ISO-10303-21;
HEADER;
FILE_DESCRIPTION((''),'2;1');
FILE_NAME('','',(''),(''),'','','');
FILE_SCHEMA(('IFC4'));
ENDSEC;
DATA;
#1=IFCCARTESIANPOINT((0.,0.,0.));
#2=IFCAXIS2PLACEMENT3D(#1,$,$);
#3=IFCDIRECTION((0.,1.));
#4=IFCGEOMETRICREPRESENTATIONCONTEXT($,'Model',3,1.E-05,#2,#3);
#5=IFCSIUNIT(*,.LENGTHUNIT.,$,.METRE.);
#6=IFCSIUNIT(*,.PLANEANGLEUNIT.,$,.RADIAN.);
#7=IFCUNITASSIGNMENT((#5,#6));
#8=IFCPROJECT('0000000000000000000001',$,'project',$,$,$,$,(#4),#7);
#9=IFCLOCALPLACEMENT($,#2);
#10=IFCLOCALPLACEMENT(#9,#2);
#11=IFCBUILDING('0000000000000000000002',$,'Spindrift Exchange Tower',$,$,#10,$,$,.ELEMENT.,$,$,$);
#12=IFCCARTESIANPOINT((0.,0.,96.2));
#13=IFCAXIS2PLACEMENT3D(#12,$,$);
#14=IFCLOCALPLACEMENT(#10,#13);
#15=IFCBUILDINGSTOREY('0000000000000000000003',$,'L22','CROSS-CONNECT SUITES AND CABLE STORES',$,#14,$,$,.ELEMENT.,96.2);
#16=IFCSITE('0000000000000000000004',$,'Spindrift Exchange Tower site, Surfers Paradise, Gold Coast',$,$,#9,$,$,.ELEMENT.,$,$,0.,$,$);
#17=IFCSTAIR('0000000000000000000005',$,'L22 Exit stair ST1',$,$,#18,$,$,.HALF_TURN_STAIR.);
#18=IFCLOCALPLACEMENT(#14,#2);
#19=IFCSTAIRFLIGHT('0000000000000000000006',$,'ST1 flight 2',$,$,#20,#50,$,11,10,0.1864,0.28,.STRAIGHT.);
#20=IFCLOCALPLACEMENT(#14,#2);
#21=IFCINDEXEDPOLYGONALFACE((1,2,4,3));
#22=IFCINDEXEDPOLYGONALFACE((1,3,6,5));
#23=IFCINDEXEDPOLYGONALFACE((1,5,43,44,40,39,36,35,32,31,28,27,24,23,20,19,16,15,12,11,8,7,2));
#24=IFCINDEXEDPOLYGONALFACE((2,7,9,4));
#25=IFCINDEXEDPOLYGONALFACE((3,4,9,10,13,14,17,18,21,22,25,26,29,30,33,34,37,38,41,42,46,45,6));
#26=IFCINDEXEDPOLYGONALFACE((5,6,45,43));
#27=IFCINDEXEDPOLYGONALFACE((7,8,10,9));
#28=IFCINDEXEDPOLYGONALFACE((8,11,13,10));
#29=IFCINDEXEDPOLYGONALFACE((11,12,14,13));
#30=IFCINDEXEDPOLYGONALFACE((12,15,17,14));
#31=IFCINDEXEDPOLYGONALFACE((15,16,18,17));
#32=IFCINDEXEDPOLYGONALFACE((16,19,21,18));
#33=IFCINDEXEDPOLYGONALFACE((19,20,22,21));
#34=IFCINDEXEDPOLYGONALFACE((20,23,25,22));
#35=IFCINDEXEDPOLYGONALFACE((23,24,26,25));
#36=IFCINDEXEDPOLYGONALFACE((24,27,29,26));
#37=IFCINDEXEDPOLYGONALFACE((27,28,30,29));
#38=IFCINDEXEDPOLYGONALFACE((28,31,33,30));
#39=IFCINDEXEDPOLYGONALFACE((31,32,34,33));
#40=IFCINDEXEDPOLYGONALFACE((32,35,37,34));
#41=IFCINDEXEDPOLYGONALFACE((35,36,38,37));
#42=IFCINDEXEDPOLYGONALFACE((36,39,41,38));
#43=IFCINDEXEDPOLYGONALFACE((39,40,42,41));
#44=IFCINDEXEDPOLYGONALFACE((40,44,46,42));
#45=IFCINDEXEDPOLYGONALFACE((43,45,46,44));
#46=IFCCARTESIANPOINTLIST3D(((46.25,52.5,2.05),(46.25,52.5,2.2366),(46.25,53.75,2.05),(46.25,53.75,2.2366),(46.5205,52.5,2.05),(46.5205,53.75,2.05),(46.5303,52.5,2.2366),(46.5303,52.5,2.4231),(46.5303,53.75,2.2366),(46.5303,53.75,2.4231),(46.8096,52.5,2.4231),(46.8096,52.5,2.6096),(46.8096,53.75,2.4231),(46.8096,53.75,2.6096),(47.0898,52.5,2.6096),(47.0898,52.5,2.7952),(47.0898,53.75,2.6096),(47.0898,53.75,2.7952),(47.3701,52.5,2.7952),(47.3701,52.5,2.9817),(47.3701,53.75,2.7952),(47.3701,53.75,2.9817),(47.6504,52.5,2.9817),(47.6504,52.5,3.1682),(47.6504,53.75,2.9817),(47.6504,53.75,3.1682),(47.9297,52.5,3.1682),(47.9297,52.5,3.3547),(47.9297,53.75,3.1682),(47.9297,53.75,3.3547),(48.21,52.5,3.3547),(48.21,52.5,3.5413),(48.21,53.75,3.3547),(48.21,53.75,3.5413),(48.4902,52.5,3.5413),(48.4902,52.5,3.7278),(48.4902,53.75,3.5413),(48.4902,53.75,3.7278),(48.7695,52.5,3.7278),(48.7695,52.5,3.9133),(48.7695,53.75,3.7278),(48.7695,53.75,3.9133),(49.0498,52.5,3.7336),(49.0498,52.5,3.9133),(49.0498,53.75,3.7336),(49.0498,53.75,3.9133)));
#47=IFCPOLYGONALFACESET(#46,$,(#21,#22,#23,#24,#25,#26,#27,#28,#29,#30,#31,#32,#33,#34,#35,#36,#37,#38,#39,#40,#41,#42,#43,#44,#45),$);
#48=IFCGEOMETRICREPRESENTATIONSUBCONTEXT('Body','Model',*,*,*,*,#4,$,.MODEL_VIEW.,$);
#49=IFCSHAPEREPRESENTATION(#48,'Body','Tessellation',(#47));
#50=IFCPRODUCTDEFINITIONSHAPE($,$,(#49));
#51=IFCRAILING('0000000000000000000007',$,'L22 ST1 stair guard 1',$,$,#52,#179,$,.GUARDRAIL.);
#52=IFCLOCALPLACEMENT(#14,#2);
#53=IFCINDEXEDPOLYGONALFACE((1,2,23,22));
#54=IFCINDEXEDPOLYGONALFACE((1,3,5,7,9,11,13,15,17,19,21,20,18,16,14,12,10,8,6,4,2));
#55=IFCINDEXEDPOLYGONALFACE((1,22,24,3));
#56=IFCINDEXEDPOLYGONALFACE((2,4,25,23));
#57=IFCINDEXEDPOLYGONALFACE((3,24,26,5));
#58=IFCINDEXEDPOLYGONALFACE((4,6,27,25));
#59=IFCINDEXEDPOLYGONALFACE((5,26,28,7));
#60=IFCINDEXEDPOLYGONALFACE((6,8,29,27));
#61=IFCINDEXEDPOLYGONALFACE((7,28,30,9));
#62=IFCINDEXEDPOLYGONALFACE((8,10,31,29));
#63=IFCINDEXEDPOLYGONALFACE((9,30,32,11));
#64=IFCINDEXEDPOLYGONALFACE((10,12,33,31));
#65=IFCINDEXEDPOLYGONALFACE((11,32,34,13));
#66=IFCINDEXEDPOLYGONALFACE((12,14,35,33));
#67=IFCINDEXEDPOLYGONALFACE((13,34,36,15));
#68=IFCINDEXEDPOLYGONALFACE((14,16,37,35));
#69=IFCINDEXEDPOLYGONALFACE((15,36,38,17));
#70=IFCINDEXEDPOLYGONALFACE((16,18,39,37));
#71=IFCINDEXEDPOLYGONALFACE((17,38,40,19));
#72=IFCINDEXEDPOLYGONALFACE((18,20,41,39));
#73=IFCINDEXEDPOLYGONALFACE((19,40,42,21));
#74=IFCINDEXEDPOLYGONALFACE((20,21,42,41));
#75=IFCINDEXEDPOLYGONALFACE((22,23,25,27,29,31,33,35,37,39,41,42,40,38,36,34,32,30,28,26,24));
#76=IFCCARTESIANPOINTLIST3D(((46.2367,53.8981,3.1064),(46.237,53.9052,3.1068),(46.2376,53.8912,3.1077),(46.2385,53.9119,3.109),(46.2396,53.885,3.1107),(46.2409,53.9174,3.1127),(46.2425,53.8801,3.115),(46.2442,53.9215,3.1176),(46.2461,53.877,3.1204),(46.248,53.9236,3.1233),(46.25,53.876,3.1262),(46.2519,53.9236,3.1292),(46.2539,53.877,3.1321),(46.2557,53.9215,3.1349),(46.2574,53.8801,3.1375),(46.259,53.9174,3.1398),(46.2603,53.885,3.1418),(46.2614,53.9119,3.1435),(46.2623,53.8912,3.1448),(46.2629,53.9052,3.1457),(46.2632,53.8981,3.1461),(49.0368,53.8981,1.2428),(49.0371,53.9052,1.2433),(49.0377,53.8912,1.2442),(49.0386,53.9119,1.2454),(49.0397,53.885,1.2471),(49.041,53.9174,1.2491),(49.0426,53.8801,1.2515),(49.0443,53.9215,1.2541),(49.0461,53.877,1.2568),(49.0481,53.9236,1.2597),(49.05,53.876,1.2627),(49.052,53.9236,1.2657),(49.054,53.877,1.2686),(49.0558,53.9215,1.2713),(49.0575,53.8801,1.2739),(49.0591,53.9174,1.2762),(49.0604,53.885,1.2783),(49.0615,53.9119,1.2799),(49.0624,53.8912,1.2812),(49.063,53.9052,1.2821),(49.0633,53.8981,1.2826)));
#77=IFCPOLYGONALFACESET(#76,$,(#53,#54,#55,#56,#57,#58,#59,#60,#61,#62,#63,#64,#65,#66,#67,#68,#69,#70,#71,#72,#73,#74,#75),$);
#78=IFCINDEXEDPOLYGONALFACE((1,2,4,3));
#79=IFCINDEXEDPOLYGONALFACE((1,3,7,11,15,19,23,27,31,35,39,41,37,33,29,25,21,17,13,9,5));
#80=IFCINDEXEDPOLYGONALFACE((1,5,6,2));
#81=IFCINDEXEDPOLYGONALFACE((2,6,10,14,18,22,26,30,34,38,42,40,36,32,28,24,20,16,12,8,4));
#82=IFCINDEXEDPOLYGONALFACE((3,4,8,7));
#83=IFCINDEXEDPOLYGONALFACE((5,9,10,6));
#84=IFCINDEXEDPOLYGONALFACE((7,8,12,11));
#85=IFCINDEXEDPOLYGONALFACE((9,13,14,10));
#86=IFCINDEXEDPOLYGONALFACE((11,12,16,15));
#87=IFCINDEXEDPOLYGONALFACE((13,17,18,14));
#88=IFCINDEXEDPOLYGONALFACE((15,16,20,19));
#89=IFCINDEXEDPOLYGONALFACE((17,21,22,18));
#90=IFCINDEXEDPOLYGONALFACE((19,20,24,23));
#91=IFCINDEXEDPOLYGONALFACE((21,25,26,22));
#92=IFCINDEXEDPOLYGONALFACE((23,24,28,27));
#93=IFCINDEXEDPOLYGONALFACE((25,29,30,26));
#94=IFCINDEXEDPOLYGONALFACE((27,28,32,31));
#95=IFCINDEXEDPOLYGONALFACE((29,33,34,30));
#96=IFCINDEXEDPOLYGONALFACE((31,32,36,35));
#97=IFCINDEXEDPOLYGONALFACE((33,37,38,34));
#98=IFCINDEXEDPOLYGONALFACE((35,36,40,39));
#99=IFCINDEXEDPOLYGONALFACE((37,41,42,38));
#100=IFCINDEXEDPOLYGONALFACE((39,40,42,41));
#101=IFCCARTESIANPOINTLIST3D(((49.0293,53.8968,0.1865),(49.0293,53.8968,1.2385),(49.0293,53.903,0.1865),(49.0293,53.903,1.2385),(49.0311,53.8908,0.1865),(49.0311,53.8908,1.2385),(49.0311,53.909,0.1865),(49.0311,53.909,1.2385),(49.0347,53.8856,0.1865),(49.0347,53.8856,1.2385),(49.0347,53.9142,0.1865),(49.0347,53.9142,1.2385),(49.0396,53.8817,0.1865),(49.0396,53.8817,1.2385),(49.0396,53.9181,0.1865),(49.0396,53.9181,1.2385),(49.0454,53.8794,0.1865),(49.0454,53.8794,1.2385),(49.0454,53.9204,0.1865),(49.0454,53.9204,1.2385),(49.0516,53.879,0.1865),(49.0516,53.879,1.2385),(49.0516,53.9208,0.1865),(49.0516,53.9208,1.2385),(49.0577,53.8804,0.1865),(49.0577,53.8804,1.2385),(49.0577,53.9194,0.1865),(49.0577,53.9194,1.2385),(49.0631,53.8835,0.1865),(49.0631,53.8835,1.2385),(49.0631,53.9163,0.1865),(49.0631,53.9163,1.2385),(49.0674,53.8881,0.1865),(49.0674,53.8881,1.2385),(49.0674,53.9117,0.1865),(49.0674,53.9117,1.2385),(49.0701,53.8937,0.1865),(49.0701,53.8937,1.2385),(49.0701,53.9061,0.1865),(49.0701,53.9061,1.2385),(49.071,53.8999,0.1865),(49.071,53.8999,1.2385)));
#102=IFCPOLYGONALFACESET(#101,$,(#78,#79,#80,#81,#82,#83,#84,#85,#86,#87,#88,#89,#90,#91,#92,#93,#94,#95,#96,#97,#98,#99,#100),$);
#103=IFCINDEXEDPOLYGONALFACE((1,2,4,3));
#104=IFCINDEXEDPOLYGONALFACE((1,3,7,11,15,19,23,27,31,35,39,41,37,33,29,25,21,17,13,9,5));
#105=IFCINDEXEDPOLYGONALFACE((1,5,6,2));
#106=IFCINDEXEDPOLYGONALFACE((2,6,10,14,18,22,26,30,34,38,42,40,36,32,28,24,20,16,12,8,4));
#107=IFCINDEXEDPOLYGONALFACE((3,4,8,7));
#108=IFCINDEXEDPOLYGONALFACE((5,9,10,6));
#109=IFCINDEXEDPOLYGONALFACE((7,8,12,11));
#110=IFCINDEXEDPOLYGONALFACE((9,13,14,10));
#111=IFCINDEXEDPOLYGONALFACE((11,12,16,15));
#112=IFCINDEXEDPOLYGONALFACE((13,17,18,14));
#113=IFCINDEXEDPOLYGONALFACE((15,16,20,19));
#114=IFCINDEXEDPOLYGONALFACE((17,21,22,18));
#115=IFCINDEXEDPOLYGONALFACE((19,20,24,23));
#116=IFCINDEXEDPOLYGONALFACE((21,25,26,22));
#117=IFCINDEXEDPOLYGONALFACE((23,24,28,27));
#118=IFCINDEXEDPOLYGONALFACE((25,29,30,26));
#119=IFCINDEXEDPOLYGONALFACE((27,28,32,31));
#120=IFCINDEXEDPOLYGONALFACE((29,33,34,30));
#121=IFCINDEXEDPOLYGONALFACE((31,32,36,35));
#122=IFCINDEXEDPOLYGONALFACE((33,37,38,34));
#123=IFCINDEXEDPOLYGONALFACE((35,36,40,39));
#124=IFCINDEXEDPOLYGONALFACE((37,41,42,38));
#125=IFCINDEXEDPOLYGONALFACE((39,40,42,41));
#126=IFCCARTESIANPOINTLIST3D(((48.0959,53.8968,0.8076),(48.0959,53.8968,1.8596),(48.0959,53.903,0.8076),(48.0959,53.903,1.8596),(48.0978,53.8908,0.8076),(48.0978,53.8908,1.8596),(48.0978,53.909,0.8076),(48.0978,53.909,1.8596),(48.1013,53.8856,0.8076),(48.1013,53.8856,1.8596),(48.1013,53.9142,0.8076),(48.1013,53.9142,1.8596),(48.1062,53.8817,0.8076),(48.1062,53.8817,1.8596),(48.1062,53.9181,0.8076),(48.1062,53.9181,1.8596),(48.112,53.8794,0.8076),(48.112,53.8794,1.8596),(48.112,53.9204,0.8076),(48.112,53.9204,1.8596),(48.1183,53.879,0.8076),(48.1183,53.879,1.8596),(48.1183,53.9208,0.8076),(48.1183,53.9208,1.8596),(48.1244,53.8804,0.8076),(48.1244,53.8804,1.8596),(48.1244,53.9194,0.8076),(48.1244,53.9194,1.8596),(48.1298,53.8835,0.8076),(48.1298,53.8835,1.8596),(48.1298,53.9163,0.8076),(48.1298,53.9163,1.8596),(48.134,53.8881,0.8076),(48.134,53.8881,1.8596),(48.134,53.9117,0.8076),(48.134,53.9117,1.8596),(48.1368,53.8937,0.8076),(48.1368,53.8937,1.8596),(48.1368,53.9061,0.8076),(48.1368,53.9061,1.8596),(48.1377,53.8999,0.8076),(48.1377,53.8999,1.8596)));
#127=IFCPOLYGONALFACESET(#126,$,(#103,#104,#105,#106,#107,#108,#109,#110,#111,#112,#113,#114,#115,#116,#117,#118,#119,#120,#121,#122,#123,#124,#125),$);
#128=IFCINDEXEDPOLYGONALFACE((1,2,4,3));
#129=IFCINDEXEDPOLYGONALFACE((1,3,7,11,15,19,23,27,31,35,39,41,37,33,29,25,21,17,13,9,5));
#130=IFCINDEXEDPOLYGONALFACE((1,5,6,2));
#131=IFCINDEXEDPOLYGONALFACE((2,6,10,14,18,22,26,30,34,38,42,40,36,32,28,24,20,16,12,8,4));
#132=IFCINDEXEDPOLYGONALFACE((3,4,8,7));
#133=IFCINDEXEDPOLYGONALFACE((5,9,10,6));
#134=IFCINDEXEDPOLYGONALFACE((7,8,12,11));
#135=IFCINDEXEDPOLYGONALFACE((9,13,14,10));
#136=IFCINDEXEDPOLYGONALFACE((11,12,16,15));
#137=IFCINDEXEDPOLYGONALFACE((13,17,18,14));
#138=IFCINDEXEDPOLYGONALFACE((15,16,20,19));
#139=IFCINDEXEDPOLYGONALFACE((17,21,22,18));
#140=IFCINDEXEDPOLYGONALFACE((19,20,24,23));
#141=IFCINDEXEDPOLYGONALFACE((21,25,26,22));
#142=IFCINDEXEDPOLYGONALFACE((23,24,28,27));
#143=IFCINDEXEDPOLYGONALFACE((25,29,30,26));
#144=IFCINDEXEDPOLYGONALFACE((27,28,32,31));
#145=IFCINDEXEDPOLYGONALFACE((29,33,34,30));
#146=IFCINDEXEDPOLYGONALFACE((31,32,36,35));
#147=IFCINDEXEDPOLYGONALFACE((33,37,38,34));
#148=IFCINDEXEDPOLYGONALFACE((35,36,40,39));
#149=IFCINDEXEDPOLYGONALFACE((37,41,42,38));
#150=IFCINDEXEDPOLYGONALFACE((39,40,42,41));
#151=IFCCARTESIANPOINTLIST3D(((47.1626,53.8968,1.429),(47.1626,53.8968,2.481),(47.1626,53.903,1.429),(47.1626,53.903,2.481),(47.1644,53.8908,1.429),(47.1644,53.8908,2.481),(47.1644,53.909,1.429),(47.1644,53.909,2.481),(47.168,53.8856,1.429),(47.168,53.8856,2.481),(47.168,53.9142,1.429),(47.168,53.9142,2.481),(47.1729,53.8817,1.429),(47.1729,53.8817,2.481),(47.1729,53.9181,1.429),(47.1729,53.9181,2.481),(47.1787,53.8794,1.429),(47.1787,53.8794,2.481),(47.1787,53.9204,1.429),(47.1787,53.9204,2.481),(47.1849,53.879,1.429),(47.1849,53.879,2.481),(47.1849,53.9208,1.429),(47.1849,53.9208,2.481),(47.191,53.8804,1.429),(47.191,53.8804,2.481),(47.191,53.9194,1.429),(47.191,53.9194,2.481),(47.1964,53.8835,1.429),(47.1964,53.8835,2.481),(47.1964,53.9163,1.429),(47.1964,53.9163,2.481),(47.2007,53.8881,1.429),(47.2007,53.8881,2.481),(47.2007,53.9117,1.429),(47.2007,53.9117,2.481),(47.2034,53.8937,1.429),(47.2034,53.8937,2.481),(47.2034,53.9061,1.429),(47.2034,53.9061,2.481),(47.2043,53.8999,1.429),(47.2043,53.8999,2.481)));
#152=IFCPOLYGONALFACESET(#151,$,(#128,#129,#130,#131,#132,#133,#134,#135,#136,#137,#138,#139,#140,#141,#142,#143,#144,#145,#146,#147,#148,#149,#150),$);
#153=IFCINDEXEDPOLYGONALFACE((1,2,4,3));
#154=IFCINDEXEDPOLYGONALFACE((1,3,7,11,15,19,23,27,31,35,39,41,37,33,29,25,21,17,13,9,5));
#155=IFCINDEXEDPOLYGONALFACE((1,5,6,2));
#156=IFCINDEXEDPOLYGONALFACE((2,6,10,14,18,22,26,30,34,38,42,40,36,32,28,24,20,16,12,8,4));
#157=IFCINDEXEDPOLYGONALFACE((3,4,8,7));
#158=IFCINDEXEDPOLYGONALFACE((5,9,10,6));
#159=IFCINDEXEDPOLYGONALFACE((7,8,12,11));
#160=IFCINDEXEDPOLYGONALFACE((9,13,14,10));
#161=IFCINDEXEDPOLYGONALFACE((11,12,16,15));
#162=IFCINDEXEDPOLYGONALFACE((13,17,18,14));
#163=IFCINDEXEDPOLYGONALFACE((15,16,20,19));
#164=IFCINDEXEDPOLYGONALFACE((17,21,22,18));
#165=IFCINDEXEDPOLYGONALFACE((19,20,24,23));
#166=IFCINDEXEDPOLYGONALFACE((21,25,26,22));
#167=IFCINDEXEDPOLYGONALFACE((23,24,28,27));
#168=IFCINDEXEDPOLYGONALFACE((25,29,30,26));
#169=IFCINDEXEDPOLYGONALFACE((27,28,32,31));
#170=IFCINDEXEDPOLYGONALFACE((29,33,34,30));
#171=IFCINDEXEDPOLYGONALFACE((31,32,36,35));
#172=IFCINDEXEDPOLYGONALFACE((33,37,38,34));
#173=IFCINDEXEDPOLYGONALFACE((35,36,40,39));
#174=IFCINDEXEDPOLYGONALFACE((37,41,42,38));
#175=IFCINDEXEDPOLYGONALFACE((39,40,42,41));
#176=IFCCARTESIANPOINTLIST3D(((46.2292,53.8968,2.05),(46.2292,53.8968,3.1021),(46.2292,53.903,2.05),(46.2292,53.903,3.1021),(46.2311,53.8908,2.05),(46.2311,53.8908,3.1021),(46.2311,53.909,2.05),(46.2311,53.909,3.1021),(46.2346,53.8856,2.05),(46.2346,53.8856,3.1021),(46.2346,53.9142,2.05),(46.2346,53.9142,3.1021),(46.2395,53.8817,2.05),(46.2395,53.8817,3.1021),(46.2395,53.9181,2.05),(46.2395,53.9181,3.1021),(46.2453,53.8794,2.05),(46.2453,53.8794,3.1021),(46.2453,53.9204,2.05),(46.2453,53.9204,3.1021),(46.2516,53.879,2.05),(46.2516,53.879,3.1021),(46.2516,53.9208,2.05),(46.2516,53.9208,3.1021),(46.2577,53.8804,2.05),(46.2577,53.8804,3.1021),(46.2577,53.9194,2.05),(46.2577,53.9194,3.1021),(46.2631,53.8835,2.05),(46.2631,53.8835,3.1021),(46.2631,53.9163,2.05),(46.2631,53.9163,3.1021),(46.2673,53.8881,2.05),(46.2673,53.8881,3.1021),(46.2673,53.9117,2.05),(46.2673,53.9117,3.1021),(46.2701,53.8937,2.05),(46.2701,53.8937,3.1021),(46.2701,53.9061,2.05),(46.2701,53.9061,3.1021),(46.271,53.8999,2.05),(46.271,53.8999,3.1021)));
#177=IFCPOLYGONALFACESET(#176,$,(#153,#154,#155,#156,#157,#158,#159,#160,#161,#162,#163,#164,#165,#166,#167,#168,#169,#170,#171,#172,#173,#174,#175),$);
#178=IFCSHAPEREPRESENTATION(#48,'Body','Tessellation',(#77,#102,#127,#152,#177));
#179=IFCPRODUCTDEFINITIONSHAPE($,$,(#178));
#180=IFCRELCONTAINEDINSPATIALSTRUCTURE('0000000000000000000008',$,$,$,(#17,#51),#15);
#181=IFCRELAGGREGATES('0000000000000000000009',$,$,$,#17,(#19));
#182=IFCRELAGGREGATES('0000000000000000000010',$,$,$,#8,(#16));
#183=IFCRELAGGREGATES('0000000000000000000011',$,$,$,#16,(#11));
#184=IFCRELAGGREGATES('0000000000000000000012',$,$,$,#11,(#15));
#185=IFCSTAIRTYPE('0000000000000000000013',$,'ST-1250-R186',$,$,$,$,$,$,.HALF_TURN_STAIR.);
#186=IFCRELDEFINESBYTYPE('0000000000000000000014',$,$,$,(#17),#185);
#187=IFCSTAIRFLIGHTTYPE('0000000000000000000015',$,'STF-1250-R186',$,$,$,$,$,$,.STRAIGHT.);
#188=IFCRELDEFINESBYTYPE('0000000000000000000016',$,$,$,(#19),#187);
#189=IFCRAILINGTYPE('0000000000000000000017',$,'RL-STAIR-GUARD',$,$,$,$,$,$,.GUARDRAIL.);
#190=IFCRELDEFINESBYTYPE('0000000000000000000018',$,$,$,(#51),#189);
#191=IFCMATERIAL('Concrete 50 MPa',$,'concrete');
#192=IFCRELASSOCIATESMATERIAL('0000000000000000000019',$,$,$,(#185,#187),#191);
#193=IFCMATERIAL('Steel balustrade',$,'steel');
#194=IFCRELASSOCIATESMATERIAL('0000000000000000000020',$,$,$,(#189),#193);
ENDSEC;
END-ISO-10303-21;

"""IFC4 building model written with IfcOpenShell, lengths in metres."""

from ifc_helpers import new_model, si_unit, direction, frame, origin, origin_2d, place, context, subcontext, project, spatial, line, indexed_curve, circle, outline, extrude, material, type_object, element, aggregate, save


model = new_model("IFC4")

# Units and contexts
model_context = context("Model", 3, precision=1e-05, world=origin(), true_north=direction((0.0, 1.0)))
body_context = subcontext(model_context, "Body", "Model", "MODEL_VIEW")
ifc_project = project(units=[si_unit("LENGTHUNIT", "METRE"), si_unit("PLANEANGLEUNIT", "RADIAN")], contexts=[model_context])

# Site, building, storey
site_placement = place(None, origin())
site = spatial("IfcSite", under=ifc_project, at=site_placement, Name="Spindrift Exchange Tower site, Surfers Paradise, Gold Coast", CompositionType="ELEMENT", RefElevation=0.0)
building_placement = place(site_placement, origin())
building = spatial("IfcBuilding", under=site, at=building_placement, Name="Spindrift Exchange Tower", CompositionType="ELEMENT")
storey_placement = place(building_placement, frame((0.0, 0.0, 96.2)))
storey = spatial("IfcBuildingStorey", under=building, at=storey_placement, Name="L22", Description="CROSS-CONNECT SUITES AND CABLE STORES", CompositionType="ELEMENT", Elevation=96.2)

# Stair, stair flight
ifc_material_1 = material(Name="Concrete 50 MPa", Category="concrete")
stair_type = type_object("IfcStairType", Name="ST-1250-R186", PredefinedType="HALF_TURN_STAIR", material=ifc_material_1)
stair_placement = place(storey_placement, origin())
stair = element("IfcStair", 1, at=stair_placement, inside=storey, type_object=stair_type, Name="L22 Exit stair ST1", PredefinedType="HALF_TURN_STAIR")
stair_flight_type = type_object("IfcStairFlightType", Name="STF-1250-R186", PredefinedType="STRAIGHT", material=ifc_material_1)
stair_flight_1_placement = place(storey_placement, frame((46.25, 53.125, 2.05), z_axis=(0.0, 0.0, 1.0), x_axis=(1.0, 0.0, 0.0)))
stair_flight_1 = element("IfcStairFlight", 2, at=stair_flight_1_placement, type_object=stair_flight_type, Name="ST1 flight 2", NumberOfRisers=11, NumberOfTreads=10, PredefinedType="STRAIGHT", RiserHeight=0.1864, TreadLength=0.28, context=body_context, shape_type="SweptSolid", body=[
    extrude(outline(indexed_curve([(0.0, 0.0), (0.0, 0.1865), (0.2803, 0.1865), (0.2803, 0.373), (0.5596, 0.373), (0.5596, 0.5596), (0.8398, 0.5596), (0.8398, 0.7451), (1.1201, 0.7451), (1.1201, 0.9316), (1.4004, 0.9316), (1.4004, 1.1182), (1.6797, 1.1182), (1.6797, 1.3047), (1.96, 1.3047), (1.96, 1.4912), (2.2402, 1.4912), (2.2402, 1.6777), (2.5195, 1.6777), (2.5195, 1.8633), (2.7998, 1.8633), (2.7998, 2.0498), (2.7998, 1.6836), (0.2705, 0.0)], segments=[line(1, 2, 3, 4, 5, 6, 7, 8, 9, 10, 11, 12, 13, 14, 15, 16, 17, 18, 19, 20, 21, 22, 23, 24, 1)], self_intersect=False)), frame((0.0, 0.625, 0.0), z_axis=(0.0, -1.0, 0.0), x_axis=(1.0, 0.0, 0.0)), (0.0, 0.0, 1.0), 1.25),
])
aggregate(stair, [stair_flight_1])

# Railing
ifc_material_2 = material(Name="Steel balustrade", Category="steel")
railing_type_1 = type_object("IfcRailingType", Name="RL-STAIR-GUARD", PredefinedType="GUARDRAIL", material=ifc_material_2)
railing_1_placement = place(storey_placement, frame((49.05, 53.8999, 0.1865)))
element("IfcRailing", 3, at=railing_1_placement, inside=storey, type_object=railing_type_1, Name="L22 ST1 stair guard 1", PredefinedType="GUARDRAIL", context=body_context, shape_type="SweptSolid", body=[
    extrude(circle(Radius=0.0239, at=origin_2d()), frame((0.0, 0.0, 1.0762), z_axis=(-0.832486, 0.0, 0.554047), x_axis=(0.0, -1.0, 0.0)), (0.0, 0.0, 1.0), 3.3635),
    extrude(circle(Radius=0.021, at=origin_2d()), origin(), (0.0, 0.0, 1.0), 1.052),
    extrude(circle(Radius=0.021, at=origin_2d()), frame((-0.9333, 0.0, 0.6211)), (0.0, 0.0, 1.0), 1.052),
    extrude(circle(Radius=0.021, at=origin_2d()), frame((-1.8667, 0.0, 1.2424)), (0.0, 0.0, 1.0), 1.052),
    extrude(circle(Radius=0.021, at=origin_2d()), frame((-2.8, 0.0, 1.8635)), (0.0, 0.0, 1.0), 1.052),
])

save(model, "model.ifc")
